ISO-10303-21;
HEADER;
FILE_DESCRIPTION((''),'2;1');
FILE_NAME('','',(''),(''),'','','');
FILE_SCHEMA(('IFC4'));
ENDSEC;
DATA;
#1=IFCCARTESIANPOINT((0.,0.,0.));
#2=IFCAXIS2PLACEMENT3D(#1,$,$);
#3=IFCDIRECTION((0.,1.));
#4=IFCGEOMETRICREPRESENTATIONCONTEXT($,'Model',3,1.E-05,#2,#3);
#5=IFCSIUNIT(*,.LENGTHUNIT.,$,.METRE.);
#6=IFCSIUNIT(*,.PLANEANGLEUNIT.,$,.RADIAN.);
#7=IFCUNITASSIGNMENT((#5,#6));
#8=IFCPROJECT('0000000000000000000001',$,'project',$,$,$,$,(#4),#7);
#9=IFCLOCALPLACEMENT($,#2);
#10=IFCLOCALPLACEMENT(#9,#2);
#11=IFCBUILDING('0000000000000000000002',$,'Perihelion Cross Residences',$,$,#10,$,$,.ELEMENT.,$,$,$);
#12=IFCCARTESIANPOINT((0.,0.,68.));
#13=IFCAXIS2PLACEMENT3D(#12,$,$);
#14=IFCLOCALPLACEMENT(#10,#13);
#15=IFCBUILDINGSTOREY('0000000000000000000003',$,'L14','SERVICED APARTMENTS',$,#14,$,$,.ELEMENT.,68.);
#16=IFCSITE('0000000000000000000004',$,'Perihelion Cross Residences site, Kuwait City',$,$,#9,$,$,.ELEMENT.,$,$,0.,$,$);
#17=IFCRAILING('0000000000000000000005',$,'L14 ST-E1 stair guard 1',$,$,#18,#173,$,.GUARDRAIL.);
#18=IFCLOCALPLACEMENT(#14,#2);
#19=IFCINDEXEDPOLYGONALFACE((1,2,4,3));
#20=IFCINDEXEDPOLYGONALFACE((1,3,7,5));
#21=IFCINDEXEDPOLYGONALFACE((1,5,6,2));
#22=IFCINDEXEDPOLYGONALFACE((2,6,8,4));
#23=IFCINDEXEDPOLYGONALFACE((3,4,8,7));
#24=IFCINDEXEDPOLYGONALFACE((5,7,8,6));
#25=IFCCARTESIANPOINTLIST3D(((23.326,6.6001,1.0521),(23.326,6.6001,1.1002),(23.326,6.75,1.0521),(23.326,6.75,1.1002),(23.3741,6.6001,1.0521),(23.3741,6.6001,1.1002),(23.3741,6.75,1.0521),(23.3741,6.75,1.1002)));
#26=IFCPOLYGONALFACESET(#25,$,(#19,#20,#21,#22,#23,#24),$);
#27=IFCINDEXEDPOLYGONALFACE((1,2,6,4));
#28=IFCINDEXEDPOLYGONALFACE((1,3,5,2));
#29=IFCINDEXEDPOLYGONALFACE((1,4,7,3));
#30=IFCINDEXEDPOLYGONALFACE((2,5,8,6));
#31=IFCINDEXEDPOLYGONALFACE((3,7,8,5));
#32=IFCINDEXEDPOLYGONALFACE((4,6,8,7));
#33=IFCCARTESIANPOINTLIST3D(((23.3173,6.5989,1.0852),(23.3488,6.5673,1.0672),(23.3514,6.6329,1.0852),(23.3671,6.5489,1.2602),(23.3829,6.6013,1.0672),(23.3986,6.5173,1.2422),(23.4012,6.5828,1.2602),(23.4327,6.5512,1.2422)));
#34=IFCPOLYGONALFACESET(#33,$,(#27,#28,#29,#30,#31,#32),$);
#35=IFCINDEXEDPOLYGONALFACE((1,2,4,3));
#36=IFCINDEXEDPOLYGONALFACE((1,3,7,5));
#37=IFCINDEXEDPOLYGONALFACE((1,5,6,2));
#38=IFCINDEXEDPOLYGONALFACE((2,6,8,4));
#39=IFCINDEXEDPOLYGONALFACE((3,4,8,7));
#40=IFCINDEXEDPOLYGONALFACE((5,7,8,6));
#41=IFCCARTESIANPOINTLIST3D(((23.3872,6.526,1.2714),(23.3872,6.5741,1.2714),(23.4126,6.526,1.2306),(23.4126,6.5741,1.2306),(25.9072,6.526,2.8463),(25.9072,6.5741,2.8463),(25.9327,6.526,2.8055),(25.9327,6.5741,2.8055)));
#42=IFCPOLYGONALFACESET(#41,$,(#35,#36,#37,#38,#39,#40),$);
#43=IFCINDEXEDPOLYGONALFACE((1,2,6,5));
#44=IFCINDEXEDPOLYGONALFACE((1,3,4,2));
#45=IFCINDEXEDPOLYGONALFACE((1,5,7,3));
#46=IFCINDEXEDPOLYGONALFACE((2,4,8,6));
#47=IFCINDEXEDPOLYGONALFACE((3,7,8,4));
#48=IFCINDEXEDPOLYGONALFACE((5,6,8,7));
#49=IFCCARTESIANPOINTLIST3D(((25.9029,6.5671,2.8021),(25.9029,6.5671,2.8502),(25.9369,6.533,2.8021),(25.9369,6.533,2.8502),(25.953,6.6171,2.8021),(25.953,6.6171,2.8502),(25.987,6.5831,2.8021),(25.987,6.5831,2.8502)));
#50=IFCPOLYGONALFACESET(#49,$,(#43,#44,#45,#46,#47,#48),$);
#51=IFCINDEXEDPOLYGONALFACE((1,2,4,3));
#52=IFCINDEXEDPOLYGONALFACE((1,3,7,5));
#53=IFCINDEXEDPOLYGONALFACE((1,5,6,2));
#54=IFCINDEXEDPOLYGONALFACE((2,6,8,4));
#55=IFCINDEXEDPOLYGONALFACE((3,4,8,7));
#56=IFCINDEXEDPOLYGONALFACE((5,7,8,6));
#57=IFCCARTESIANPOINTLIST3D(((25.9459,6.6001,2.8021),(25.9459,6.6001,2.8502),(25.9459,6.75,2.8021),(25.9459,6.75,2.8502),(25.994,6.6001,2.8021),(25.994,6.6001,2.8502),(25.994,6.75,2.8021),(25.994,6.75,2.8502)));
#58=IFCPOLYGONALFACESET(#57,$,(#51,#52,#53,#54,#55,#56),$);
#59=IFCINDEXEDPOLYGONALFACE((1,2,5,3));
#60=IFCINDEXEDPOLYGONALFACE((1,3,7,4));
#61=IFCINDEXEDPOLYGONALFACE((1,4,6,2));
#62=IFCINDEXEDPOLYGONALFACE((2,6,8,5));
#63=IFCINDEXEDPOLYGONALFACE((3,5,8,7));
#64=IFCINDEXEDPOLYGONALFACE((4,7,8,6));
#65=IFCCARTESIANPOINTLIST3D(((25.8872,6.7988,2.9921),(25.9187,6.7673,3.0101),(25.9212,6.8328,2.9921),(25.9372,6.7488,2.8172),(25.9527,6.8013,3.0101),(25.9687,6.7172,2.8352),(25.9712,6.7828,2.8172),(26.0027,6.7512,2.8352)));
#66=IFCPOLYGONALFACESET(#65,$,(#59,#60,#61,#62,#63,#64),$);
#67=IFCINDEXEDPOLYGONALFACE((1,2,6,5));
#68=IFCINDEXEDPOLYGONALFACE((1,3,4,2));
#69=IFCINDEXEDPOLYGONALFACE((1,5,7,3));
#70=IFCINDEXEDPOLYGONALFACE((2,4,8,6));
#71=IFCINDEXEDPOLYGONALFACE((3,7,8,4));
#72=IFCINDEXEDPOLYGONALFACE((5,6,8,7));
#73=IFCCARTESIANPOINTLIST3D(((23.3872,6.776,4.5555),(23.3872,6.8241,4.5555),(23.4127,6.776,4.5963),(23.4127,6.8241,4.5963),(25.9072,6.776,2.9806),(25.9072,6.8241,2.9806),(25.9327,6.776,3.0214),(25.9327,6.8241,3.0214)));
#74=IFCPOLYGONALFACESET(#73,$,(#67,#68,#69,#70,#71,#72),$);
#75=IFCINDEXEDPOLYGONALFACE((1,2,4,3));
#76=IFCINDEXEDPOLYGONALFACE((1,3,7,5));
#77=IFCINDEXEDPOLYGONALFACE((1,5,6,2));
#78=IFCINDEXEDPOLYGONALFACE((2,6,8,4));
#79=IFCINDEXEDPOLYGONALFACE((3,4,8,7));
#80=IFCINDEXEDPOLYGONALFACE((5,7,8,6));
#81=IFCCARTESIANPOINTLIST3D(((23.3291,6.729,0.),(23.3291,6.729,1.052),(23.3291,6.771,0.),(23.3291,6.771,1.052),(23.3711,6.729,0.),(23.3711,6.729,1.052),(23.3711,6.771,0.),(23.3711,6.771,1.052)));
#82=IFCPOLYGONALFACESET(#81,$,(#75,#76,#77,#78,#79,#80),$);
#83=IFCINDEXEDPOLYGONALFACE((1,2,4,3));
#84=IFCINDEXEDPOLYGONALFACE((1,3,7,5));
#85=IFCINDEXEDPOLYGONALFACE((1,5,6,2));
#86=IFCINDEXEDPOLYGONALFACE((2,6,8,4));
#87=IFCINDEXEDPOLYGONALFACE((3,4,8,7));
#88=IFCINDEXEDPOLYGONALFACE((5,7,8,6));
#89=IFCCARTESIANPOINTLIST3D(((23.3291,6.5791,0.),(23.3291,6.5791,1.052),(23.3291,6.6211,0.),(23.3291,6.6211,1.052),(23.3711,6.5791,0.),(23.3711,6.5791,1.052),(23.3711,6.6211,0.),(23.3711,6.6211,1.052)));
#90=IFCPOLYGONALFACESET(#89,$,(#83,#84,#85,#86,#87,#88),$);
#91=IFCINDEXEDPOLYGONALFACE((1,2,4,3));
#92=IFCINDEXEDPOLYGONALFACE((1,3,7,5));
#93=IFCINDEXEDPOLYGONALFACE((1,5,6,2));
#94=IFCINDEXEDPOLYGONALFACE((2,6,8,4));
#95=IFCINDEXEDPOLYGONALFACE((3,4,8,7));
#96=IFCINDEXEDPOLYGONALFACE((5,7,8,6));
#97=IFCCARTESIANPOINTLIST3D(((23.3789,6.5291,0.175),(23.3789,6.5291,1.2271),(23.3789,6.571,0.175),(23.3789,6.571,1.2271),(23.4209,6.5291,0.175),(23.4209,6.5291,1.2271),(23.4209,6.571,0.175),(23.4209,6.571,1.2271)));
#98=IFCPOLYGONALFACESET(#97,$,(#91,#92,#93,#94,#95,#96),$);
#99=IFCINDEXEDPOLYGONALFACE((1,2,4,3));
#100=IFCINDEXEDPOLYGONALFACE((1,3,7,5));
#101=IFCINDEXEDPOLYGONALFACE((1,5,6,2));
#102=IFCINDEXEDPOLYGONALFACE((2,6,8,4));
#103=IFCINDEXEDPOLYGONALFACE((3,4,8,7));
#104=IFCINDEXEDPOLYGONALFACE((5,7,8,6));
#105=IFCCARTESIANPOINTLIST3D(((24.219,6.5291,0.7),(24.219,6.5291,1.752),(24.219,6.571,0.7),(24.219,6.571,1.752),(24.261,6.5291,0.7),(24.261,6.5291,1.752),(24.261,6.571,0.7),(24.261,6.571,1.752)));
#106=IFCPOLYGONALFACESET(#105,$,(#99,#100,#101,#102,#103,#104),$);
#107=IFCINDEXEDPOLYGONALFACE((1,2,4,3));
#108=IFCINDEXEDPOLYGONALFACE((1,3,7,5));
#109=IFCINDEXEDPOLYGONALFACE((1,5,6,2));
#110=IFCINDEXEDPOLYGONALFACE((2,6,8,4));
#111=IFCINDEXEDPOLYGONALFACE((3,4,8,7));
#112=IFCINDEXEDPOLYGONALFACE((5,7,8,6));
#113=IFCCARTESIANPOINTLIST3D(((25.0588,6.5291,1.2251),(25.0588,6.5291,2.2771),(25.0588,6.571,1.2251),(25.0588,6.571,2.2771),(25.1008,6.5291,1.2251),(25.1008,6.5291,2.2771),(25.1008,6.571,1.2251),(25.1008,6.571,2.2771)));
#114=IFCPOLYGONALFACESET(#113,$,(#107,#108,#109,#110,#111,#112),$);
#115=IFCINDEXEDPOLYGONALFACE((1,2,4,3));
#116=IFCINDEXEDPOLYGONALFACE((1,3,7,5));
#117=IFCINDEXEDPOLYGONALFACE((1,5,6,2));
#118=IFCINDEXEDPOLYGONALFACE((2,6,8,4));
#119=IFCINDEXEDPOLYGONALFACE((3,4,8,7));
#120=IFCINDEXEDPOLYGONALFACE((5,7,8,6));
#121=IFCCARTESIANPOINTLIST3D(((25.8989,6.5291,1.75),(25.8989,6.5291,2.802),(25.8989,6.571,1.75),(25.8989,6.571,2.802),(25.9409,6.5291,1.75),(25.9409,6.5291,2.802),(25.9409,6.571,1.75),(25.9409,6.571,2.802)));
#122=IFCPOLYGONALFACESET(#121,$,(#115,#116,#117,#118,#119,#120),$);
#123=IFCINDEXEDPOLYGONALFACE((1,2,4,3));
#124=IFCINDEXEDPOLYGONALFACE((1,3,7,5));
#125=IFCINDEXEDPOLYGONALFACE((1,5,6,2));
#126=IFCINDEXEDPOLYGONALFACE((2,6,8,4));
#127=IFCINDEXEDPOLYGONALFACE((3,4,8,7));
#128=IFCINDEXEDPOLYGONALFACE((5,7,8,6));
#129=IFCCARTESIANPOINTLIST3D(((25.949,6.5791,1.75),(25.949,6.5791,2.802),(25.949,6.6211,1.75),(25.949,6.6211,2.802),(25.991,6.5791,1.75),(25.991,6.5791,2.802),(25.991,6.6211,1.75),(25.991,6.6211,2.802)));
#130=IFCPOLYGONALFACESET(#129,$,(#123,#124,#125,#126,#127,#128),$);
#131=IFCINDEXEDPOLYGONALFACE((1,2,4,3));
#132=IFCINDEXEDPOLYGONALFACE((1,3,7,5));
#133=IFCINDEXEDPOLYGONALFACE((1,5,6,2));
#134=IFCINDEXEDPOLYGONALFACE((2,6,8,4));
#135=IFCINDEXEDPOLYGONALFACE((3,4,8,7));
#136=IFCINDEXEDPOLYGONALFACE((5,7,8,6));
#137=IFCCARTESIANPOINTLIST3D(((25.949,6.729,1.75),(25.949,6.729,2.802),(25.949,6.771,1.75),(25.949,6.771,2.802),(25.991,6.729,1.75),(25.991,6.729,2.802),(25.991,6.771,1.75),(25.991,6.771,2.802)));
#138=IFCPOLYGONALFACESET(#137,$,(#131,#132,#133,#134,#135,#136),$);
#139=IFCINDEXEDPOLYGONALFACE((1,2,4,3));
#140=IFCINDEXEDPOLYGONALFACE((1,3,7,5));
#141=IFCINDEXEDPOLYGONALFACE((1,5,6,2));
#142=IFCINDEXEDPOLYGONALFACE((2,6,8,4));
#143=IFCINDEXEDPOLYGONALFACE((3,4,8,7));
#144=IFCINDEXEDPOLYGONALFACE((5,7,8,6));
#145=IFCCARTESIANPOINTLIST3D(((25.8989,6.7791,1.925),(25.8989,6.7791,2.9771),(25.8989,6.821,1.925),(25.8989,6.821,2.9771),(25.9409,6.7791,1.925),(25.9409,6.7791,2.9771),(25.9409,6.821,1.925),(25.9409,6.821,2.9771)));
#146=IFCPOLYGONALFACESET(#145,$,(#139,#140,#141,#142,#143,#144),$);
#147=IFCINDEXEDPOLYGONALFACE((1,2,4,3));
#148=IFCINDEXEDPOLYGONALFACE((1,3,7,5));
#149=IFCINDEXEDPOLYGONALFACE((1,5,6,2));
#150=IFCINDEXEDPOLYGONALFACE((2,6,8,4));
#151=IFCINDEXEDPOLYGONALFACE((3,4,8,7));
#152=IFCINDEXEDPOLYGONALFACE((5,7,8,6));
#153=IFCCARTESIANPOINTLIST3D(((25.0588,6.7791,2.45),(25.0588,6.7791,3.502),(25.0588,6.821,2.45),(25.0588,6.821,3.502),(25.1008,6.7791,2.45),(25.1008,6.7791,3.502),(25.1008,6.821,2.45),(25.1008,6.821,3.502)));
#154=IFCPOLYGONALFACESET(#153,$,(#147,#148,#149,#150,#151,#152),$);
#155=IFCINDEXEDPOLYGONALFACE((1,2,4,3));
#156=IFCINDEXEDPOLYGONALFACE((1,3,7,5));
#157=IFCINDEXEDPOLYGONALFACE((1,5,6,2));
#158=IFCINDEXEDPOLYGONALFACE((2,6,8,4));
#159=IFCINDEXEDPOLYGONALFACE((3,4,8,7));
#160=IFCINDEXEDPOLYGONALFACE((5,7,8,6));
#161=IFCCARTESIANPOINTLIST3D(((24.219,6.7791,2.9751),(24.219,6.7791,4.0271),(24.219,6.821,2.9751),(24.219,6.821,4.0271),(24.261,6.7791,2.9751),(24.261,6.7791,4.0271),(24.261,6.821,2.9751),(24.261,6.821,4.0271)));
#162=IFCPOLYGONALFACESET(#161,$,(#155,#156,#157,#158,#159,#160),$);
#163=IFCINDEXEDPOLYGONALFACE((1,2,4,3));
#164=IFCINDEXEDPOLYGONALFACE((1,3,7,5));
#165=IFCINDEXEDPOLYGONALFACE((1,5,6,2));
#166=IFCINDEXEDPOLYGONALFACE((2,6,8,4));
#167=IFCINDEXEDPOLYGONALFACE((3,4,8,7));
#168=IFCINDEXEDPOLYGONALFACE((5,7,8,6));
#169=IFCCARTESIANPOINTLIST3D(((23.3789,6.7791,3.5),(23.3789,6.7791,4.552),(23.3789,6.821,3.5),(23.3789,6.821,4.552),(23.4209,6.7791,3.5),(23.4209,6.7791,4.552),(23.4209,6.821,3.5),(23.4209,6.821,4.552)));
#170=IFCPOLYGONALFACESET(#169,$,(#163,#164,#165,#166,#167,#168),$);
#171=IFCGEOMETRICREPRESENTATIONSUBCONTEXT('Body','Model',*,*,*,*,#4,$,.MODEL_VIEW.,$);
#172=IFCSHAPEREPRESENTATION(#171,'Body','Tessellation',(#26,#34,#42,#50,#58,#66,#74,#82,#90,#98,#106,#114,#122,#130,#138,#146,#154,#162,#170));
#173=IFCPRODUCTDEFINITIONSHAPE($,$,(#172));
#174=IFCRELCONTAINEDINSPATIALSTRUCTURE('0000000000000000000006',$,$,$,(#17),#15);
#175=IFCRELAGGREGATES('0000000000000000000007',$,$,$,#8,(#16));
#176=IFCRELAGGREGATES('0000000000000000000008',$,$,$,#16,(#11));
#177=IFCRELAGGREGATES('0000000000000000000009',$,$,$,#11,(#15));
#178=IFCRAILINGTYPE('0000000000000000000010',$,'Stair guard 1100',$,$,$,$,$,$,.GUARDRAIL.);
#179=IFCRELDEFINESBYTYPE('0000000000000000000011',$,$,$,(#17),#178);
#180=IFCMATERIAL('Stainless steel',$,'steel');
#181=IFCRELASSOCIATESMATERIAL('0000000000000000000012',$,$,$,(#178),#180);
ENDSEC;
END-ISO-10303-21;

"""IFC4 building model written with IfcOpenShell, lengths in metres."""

from ifc_helpers import new_model, si_unit, direction, frame, origin, origin_2d, place, context, subcontext, project, spatial, rectangle, extrude, material, type_object, element, save


model = new_model("IFC4")

# Units and contexts
model_context = context("Model", 3, precision=1e-05, world=origin(), true_north=direction((0.0, 1.0)))
body_context = subcontext(model_context, "Body", "Model", "MODEL_VIEW")
ifc_project = project(units=[si_unit("LENGTHUNIT", "METRE"), si_unit("PLANEANGLEUNIT", "RADIAN")], contexts=[model_context])

# Site, building, storey
site_placement = place(None, origin())
site = spatial("IfcSite", under=ifc_project, at=site_placement, Name="Perihelion Cross Residences site, Kuwait City", CompositionType="ELEMENT", RefElevation=0.0)
building_placement = place(site_placement, origin())
building = spatial("IfcBuilding", under=site, at=building_placement, Name="Perihelion Cross Residences", CompositionType="ELEMENT")
storey_placement = place(building_placement, frame((0.0, 0.0, 68.0)))
storey = spatial("IfcBuildingStorey", under=building, at=storey_placement, Name="L14", Description="SERVICED APARTMENTS", CompositionType="ELEMENT", Elevation=68.0)

# Railing
ifc_material_1 = material(Name="Stainless steel", Category="steel")
railing_type_1 = type_object("IfcRailingType", Name="Stair guard 1100", PredefinedType="GUARDRAIL", material=ifc_material_1)
railing_1_placement = place(storey_placement, frame((23.3501, 6.75, 0.0)))
element("IfcRailing", 1, at=railing_1_placement, inside=storey, type_object=railing_type_1, Name="L14 ST-E1 stair guard 1", PredefinedType="GUARDRAIL", context=body_context, shape_type="SweptSolid", body=[
    extrude(rectangle(XDim=0.0481, YDim=0.0481, at=origin_2d()), frame((0.0, 0.0, 1.0762), z_axis=(0.0, -1.0, 0.0), x_axis=(1.0, 0.0, 0.0)), (0.0, 0.0, 1.0), 0.1499),
    extrude(rectangle(XDim=0.0481, YDim=0.0481, at=origin_2d()), frame((0.0, -0.1499, 1.0762), z_axis=(0.263862, -0.265156, 0.927399), x_axis=(0.708834, 0.705376, 0.0)), (0.0, 0.0, 1.0), 0.1887),
    extrude(rectangle(XDim=0.0481, YDim=0.0481, at=origin_2d()), frame((0.0498, -0.2, 1.251), z_axis=(0.848008, 0.0, 0.529984), x_axis=(0.0, 1.0, 0.0)), (0.0, 0.0, 1.0), 2.9717),
    extrude(rectangle(XDim=0.0481, YDim=0.0481, at=origin_2d()), frame((2.5698, -0.2, 2.8262), z_axis=(0.707107, 0.707107, 0.0), x_axis=(-0.707107, 0.707107, 0.0)), (0.0, 0.0, 1.0), 0.0708),
    extrude(rectangle(XDim=0.0481, YDim=0.0481, at=origin_2d()), frame((2.6199, -0.1499, 2.8262), z_axis=(0.0, 1.0, 0.0), x_axis=(-1.0, 0.0, 0.0)), (0.0, 0.0, 1.0), 0.1499),
    extrude(rectangle(XDim=0.0481, YDim=0.0481, at=origin_2d()), frame((2.6199, 0.0, 2.8262), z_axis=(-0.265065, 0.265065, 0.927082), x_axis=(-0.707107, -0.707107, 0.0)), (0.0, 0.0, 1.0), 0.1887),
    extrude(rectangle(XDim=0.0481, YDim=0.0481, at=origin_2d()), frame((2.5698, 0.05, 3.001), z_axis=(-0.848008, 0.0, 0.529984), x_axis=(0.0, -1.0, 0.0)), (0.0, 0.0, 1.0), 2.9717),
    extrude(rectangle(XDim=0.042, YDim=0.042, at=origin_2d()), origin(), (0.0, 0.0, 1.0), 1.052),
    extrude(rectangle(XDim=0.042, YDim=0.042, at=origin_2d()), frame((0.0, -0.1499, 0.0)), (0.0, 0.0, 1.0), 1.052),
    extrude(rectangle(XDim=0.042, YDim=0.042, at=origin_2d()), frame((0.0498, -0.2, 0.175)), (0.0, 0.0, 1.0), 1.052),
    extrude(rectangle(XDim=0.042, YDim=0.042, at=origin_2d()), frame((0.8899, -0.2, 0.7)), (0.0, 0.0, 1.0), 1.052),
    extrude(rectangle(XDim=0.042, YDim=0.042, at=origin_2d()), frame((1.7297, -0.2, 1.2251)), (0.0, 0.0, 1.0), 1.052),
    extrude(rectangle(XDim=0.042, YDim=0.042, at=origin_2d()), frame((2.5698, -0.2, 1.75)), (0.0, 0.0, 1.0), 1.052),
    extrude(rectangle(XDim=0.042, YDim=0.042, at=origin_2d()), frame((2.6199, -0.1499, 1.75)), (0.0, 0.0, 1.0), 1.052),
    extrude(rectangle(XDim=0.042, YDim=0.042, at=origin_2d()), frame((2.6199, 0.0, 1.75)), (0.0, 0.0, 1.0), 1.052),
    extrude(rectangle(XDim=0.042, YDim=0.042, at=origin_2d()), frame((2.5698, 0.05, 1.925)), (0.0, 0.0, 1.0), 1.052),
    extrude(rectangle(XDim=0.042, YDim=0.042, at=origin_2d()), frame((1.7297, 0.05, 2.45)), (0.0, 0.0, 1.0), 1.052),
    extrude(rectangle(XDim=0.042, YDim=0.042, at=origin_2d()), frame((0.8899, 0.05, 2.9751)), (0.0, 0.0, 1.0), 1.052),
    extrude(rectangle(XDim=0.042, YDim=0.042, at=origin_2d()), frame((0.0498, 0.05, 3.5)), (0.0, 0.0, 1.0), 1.052),
])

save(model, "model.ifc")
